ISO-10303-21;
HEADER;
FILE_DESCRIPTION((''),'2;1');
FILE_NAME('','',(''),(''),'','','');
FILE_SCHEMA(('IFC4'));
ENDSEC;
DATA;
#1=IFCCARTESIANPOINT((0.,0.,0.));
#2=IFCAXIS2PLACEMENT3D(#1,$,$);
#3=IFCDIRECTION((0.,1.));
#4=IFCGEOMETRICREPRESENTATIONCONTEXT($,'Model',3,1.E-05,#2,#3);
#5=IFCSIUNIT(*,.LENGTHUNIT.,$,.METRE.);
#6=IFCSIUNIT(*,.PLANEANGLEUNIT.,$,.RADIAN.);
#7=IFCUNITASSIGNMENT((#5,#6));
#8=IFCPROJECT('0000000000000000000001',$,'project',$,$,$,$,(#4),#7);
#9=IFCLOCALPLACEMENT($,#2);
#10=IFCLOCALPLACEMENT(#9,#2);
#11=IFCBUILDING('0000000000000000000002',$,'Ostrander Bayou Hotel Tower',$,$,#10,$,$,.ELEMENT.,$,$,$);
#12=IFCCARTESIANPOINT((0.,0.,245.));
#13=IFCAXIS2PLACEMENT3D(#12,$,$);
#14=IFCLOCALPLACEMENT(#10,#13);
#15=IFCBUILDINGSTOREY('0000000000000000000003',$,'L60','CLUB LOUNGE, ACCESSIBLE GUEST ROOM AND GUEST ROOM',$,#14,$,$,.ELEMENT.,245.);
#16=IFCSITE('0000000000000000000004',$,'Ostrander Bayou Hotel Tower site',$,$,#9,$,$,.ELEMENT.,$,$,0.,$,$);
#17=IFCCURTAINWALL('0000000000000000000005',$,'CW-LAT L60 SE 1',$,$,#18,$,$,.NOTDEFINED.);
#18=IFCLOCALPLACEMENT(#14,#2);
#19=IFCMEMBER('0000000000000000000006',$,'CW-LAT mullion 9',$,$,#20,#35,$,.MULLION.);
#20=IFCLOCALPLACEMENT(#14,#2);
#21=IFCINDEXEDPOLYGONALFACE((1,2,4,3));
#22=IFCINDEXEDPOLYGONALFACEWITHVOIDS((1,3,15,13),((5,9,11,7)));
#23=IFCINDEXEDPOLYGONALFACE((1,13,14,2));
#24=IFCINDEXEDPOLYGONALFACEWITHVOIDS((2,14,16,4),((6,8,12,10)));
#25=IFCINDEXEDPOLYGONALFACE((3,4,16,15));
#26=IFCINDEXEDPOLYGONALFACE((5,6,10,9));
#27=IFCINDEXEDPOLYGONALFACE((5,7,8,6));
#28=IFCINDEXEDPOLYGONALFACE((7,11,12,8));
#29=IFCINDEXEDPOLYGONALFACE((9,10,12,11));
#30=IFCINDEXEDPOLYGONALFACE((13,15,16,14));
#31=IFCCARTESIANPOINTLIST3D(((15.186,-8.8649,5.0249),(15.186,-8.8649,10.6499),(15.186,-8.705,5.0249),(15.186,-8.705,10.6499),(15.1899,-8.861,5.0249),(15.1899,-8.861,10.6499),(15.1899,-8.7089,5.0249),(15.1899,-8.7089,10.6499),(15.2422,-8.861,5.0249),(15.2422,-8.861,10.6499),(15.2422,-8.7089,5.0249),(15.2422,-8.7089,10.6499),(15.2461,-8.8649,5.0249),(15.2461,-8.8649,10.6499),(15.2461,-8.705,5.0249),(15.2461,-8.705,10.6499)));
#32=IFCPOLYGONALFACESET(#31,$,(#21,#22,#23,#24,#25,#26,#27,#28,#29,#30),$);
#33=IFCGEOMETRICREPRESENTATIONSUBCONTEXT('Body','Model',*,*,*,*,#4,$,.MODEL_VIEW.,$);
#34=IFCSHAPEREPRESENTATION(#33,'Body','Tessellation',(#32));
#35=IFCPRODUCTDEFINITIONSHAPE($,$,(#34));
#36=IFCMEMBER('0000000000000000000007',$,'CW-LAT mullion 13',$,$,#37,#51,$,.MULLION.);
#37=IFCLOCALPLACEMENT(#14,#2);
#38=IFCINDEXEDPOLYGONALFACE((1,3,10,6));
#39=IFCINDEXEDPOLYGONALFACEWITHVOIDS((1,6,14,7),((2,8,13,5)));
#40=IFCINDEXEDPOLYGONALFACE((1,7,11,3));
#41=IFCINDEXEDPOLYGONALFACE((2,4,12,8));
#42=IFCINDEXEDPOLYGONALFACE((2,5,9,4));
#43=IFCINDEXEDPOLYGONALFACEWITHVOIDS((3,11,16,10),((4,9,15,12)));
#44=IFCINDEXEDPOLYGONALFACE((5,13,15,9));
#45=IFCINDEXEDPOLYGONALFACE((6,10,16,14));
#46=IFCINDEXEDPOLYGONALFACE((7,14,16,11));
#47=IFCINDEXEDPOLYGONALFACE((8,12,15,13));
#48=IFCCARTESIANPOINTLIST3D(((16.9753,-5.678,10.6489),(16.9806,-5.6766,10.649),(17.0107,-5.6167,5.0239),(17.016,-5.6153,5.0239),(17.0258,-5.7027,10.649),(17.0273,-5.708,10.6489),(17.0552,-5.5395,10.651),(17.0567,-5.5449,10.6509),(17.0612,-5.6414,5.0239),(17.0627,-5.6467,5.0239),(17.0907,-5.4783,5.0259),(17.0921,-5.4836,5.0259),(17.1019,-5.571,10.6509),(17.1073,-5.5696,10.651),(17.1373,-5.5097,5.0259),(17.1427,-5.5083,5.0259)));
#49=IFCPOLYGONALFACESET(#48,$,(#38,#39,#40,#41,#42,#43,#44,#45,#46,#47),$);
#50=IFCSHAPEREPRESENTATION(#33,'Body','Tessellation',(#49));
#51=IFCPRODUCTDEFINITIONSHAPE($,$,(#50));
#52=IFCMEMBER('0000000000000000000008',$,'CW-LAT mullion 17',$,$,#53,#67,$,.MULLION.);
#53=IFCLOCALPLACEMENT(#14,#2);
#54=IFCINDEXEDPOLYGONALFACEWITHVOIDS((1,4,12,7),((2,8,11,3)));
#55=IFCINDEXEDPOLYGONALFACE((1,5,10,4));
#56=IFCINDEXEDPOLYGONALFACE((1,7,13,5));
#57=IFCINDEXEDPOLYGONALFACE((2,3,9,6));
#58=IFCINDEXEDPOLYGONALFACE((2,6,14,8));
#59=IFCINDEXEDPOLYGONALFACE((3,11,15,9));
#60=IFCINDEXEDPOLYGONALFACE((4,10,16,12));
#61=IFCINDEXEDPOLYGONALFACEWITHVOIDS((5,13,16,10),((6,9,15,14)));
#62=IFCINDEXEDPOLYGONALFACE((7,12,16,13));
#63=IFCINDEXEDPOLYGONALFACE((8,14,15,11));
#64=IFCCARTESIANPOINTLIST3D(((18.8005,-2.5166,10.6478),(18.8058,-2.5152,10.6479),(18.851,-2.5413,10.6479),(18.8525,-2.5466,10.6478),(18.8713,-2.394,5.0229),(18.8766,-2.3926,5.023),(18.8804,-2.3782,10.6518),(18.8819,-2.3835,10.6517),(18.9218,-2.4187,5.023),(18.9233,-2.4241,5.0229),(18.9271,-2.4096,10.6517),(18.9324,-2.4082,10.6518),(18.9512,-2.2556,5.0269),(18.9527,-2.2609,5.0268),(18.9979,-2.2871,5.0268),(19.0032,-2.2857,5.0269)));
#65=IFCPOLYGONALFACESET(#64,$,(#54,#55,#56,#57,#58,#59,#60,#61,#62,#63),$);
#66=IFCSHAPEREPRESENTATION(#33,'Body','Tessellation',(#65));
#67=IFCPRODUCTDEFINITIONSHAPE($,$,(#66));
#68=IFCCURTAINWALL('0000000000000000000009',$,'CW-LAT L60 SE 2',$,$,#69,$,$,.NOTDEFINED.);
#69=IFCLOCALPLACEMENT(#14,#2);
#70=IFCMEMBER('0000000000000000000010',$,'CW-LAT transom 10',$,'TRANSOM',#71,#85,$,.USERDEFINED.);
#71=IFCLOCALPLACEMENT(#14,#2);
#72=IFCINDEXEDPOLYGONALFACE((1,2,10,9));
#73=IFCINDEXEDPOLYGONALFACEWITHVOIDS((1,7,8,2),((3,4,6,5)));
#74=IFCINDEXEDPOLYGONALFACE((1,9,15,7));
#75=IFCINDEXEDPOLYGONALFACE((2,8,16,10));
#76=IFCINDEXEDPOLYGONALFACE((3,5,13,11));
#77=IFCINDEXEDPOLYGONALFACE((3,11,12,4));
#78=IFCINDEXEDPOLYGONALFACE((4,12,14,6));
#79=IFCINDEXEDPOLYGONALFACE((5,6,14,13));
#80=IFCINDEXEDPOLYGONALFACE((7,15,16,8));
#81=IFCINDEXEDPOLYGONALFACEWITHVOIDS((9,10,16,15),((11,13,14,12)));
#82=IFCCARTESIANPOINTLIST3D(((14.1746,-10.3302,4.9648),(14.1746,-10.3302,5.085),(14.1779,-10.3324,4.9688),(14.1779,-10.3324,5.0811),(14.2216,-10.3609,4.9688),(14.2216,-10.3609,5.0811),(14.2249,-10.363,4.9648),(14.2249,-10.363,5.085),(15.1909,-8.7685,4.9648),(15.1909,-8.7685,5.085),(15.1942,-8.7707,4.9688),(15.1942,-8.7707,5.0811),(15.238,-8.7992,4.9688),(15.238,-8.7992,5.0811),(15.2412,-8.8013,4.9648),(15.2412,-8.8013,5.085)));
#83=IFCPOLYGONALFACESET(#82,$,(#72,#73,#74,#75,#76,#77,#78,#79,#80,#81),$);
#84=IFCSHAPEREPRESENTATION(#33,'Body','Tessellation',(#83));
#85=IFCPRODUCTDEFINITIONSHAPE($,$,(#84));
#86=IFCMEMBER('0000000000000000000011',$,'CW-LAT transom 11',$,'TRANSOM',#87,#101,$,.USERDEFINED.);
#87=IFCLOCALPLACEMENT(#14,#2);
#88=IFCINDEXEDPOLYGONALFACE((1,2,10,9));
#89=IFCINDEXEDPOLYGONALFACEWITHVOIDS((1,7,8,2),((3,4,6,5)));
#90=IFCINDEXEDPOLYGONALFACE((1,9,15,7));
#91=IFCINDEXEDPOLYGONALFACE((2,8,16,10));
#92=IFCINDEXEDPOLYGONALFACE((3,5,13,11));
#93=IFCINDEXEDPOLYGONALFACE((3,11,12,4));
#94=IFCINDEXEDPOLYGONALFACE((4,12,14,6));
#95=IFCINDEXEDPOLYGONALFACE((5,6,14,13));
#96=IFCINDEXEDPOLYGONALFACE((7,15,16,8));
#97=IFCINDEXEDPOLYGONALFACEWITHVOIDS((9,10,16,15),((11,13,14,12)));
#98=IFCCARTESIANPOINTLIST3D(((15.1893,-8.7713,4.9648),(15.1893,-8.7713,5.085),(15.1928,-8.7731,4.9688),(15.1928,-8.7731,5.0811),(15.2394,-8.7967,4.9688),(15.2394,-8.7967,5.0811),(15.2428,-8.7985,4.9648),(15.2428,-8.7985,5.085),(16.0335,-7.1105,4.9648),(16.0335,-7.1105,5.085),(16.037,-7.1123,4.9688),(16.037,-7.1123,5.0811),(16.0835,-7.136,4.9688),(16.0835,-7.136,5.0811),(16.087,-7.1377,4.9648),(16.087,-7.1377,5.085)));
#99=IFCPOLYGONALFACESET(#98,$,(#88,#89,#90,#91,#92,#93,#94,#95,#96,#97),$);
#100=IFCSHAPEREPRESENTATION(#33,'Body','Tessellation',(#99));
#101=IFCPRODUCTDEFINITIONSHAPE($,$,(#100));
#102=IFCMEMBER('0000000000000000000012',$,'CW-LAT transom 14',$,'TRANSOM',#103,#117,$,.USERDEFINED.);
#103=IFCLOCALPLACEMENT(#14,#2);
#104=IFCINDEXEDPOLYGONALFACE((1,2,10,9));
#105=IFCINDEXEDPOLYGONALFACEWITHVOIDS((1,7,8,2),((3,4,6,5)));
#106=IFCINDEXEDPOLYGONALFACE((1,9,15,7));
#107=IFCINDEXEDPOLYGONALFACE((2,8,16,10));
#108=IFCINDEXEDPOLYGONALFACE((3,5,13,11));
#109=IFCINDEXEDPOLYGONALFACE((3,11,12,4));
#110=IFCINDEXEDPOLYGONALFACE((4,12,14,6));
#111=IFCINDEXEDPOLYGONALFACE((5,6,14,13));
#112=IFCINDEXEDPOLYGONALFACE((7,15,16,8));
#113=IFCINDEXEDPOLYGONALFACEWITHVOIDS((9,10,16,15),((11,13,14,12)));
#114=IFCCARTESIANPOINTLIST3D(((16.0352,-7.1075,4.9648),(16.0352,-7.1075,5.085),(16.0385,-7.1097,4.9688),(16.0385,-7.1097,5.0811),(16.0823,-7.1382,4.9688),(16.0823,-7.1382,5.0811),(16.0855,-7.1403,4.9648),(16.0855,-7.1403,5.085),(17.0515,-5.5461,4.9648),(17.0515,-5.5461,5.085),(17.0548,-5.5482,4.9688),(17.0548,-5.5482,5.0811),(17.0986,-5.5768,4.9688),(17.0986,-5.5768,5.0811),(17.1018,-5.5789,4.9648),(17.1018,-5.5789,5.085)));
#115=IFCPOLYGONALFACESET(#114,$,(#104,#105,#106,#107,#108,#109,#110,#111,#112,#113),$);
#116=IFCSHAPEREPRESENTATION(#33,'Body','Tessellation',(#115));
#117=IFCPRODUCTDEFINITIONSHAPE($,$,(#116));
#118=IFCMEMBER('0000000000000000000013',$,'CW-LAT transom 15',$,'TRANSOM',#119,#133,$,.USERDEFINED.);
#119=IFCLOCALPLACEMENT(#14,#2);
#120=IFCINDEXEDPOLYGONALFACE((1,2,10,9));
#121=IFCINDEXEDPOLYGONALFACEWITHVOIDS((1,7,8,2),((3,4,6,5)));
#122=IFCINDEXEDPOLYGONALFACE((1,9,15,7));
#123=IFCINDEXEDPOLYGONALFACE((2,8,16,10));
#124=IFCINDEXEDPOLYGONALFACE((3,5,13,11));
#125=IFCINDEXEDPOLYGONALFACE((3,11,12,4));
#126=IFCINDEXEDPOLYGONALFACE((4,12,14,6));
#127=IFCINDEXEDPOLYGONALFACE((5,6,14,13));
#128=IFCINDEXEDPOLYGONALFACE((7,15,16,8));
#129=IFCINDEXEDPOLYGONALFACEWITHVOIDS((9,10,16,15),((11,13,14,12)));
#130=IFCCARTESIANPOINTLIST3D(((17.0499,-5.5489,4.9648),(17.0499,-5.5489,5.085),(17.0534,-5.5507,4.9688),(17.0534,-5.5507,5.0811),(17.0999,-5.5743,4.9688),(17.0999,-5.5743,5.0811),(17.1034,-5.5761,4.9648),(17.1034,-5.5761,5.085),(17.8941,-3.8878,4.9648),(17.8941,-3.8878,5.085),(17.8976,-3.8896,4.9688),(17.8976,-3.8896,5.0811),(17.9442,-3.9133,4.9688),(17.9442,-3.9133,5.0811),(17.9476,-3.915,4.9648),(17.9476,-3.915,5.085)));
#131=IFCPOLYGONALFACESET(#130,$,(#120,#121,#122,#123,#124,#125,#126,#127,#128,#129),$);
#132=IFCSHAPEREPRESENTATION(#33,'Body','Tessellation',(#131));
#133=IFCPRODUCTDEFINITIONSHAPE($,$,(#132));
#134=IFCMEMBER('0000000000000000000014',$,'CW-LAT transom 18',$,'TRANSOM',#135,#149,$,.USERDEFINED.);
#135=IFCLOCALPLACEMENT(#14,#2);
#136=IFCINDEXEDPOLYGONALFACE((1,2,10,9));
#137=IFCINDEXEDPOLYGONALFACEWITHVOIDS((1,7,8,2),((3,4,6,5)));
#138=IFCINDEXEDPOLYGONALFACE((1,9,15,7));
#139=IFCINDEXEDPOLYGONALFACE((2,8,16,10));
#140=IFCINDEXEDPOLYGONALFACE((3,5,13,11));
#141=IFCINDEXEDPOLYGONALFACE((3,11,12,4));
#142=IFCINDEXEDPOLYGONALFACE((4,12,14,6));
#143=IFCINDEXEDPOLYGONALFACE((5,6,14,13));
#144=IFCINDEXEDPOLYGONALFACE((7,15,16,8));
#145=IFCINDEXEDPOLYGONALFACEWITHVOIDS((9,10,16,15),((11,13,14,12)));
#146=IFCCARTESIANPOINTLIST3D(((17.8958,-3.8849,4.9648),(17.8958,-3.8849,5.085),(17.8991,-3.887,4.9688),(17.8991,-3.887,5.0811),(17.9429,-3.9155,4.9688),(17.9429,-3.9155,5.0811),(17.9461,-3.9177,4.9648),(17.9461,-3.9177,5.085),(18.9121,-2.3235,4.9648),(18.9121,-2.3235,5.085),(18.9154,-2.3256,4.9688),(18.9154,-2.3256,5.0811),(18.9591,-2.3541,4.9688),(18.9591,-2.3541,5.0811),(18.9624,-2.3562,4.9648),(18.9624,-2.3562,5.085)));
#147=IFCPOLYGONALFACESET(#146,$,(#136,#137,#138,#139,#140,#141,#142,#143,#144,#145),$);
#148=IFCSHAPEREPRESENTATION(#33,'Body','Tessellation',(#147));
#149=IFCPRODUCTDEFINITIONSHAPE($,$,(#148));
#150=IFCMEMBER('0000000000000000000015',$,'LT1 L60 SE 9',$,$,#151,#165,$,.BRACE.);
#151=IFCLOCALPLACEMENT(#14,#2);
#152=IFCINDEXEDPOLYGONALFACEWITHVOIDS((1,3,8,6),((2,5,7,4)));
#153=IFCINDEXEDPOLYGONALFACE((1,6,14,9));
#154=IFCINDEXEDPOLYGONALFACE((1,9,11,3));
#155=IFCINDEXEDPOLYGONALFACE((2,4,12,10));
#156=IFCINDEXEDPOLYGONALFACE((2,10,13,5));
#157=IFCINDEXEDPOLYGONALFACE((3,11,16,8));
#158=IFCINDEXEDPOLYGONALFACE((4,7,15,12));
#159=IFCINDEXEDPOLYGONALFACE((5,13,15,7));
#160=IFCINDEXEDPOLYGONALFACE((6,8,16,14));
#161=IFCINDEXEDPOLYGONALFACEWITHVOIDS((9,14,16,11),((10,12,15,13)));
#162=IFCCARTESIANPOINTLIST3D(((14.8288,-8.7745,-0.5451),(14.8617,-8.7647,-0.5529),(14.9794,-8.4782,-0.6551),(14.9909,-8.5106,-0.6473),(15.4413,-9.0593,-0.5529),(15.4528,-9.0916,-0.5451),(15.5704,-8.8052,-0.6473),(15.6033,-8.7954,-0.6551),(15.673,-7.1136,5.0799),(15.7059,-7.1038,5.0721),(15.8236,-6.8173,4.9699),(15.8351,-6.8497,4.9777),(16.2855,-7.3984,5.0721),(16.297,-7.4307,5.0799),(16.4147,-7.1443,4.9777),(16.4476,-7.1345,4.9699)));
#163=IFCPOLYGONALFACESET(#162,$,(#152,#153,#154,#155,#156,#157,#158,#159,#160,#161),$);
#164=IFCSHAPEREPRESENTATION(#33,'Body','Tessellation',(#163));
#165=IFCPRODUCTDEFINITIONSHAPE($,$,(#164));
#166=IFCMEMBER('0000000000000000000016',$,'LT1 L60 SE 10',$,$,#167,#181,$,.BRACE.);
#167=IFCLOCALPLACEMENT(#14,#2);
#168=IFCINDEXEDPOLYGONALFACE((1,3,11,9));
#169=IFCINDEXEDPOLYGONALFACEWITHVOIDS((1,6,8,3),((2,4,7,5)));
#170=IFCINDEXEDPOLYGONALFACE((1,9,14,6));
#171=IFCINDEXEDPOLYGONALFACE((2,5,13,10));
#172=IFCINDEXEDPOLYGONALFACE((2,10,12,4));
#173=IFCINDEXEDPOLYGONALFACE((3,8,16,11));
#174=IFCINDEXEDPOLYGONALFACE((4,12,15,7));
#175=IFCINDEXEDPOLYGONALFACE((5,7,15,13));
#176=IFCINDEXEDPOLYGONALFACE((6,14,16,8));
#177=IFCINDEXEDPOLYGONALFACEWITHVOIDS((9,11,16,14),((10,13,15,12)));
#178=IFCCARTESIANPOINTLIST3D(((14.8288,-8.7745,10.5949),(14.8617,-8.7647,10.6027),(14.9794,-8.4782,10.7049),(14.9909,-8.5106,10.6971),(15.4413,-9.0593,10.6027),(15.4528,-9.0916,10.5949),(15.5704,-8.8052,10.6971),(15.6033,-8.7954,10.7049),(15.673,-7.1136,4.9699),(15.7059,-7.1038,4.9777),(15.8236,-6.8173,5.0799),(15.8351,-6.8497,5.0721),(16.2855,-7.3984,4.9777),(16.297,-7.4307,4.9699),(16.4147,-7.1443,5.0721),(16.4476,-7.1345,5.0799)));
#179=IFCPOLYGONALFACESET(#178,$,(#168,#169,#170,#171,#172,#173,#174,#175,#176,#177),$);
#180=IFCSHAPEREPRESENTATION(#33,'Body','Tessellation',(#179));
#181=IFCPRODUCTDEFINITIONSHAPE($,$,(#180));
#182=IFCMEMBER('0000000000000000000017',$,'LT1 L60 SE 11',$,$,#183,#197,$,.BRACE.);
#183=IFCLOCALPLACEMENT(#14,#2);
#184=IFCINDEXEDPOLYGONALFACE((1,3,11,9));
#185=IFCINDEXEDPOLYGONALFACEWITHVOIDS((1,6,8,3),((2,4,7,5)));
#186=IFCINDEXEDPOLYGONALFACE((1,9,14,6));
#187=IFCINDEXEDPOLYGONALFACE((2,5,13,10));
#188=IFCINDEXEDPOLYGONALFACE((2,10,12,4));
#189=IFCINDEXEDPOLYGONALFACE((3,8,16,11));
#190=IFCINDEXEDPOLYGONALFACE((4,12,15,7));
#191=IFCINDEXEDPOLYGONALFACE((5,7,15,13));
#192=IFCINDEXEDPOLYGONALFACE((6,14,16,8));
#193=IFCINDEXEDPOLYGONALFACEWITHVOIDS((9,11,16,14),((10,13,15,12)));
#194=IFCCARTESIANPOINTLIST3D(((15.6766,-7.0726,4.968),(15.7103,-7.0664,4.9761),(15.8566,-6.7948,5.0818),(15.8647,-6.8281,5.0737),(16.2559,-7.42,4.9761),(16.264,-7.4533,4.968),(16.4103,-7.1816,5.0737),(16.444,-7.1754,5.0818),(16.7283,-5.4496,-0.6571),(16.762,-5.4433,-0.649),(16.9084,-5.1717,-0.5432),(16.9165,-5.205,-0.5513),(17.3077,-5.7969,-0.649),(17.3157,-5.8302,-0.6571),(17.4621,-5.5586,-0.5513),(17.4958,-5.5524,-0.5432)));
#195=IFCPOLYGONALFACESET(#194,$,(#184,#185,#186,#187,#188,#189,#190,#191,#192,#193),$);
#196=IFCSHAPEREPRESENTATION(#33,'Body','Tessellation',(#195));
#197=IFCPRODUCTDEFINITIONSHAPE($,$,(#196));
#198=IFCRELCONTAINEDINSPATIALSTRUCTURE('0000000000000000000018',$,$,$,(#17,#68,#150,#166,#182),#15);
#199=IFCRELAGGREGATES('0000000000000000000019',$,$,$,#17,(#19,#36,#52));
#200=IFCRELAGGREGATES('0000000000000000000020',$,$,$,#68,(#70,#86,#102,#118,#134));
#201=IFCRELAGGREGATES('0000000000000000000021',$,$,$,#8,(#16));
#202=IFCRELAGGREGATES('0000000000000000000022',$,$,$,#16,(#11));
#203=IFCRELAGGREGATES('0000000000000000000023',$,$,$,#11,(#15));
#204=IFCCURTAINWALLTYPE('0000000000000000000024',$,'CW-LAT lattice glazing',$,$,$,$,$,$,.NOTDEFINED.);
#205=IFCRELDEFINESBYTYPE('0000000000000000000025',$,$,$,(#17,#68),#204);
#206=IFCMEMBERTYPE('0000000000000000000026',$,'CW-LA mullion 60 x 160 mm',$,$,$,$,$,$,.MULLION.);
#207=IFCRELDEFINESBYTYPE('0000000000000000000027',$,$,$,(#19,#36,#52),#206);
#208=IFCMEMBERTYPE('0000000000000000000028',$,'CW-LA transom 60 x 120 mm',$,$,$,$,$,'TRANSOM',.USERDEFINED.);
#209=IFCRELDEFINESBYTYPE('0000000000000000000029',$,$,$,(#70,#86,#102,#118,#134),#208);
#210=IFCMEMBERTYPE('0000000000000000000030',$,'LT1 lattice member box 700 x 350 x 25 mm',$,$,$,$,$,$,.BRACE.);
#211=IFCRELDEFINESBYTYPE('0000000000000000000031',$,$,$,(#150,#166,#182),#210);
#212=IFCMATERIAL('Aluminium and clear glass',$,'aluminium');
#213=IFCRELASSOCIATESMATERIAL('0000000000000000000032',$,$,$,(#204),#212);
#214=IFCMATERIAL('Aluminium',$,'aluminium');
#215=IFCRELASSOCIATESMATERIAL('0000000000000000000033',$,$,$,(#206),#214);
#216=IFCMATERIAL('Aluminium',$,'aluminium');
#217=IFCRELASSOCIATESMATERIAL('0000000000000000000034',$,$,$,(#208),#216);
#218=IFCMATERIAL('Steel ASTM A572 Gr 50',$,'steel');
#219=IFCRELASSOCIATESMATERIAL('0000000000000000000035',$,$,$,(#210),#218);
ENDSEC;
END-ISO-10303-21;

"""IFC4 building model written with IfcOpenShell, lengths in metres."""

from ifc_helpers import new_model, si_unit, direction, frame, origin, origin_2d, place, context, subcontext, project, spatial, hollow_rectangle, extrude, material, material_profile, profile_set, type_object, element, aggregate, save


model = new_model("IFC4")

# Units and contexts
model_context = context("Model", 3, precision=1e-05, world=origin(), true_north=direction((0.0, 1.0)))
body_context = subcontext(model_context, "Body", "Model", "MODEL_VIEW")
ifc_project = project(units=[si_unit("LENGTHUNIT", "METRE"), si_unit("PLANEANGLEUNIT", "RADIAN")], contexts=[model_context])

# Site, building, storey
site_placement = place(None, origin())
site = spatial("IfcSite", under=ifc_project, at=site_placement, Name="Ostrander Bayou Hotel Tower site", CompositionType="ELEMENT", RefElevation=0.0)
building_placement = place(site_placement, origin())
building = spatial("IfcBuilding", under=site, at=building_placement, Name="Ostrander Bayou Hotel Tower", CompositionType="ELEMENT")
storey_placement = place(building_placement, frame((0.0, 0.0, 245.0)))
storey = spatial("IfcBuildingStorey", under=building, at=storey_placement, Name="L60", Description="CLUB LOUNGE, ACCESSIBLE GUEST ROOM AND GUEST ROOM", CompositionType="ELEMENT", Elevation=245.0)

# Curtain walls, members
ifc_material_1 = material(Name="Aluminium and clear glass", Category="aluminium")
curtain_wall_type = type_object("IfcCurtainWallType", Name="CW-LAT lattice glazing", PredefinedType="NOTDEFINED", material=ifc_material_1)
curtain_wall_1_placement = place(storey_placement, origin())
curtain_wall_1 = element("IfcCurtainWall", 1, at=curtain_wall_1_placement, inside=storey, type_object=curtain_wall_type, Name="CW-LAT L60 SE 1", PredefinedType="NOTDEFINED")
ifc_material_2 = material(Name="Aluminium", Category="aluminium")
ifc_material_profile_1 = material_profile(ifc_material_2, hollow_rectangle(XDim=0.0601, YDim=0.1599, WallThickness=0.0039, at=origin_2d()))
ifc_profile_set_1 = profile_set([ifc_material_profile_1], Name="Aluminium")
member_type_1 = type_object("IfcMemberType", Name="CW-LA mullion 60 x 160 mm", PredefinedType="MULLION", material=ifc_profile_set_1)
member_1_placement = place(storey_placement, frame((15.2161, -8.7849, 5.0249), z_axis=(0.0, 0.0, 1.0), x_axis=(1.0, 0.0, 0.0)))
member_1 = element("IfcMember", 2, at=member_1_placement, type_object=member_type_1, Name="CW-LAT mullion 9", PredefinedType="MULLION", context=body_context, shape_type="SweptSolid", body=[
    extrude(hollow_rectangle(XDim=0.0601, YDim=0.1599, WallThickness=0.0039, at=origin_2d()), origin(), (0.0, 0.0, 1.0), 5.625),
])
member_2_placement = place(storey_placement, frame((17.0767, -5.5625, 5.0249), z_axis=(-0.006293, -0.010893, 0.999921), x_axis=(0.865898, -0.50022, 0.0)))
member_2 = element("IfcMember", 3, at=member_2_placement, type_object=member_type_1, Name="CW-LAT mullion 13", PredefinedType="MULLION", context=body_context, shape_type="SweptSolid", body=[
    extrude(hollow_rectangle(XDim=0.0601, YDim=0.1599, WallThickness=0.0039, at=origin_2d()), origin(), (0.0, 0.0, 1.0), 5.6255),
])
member_3_placement = place(storey_placement, frame((18.9373, -2.3398, 5.0249), z_axis=(-0.012583, -0.021781, 0.999684), x_axis=(0.865898, -0.50022, 0.0)))
member_3 = element("IfcMember", 4, at=member_3_placement, type_object=member_type_1, Name="CW-LAT mullion 17", PredefinedType="MULLION", context=body_context, shape_type="SweptSolid", body=[
    extrude(hollow_rectangle(XDim=0.0601, YDim=0.1599, WallThickness=0.0039, at=origin_2d()), origin(), (0.0, 0.0, 1.0), 5.6267),
])
curtain_wall_2_placement = place(storey_placement, origin())
curtain_wall_2 = element("IfcCurtainWall", 5, at=curtain_wall_2_placement, inside=storey, type_object=curtain_wall_type, Name="CW-LAT L60 SE 2", PredefinedType="NOTDEFINED")
ifc_material_3 = material(Name="Aluminium", Category="aluminium")
ifc_material_profile_2 = material_profile(ifc_material_3, hollow_rectangle(XDim=0.0601, YDim=0.1201, WallThickness=0.0039, at=origin_2d()))
ifc_profile_set_2 = profile_set([ifc_material_profile_2], Name="Aluminium")
member_type_2 = type_object("IfcMemberType", Name="CW-LA transom 60 x 120 mm", ElementType="TRANSOM", PredefinedType="USERDEFINED", material=ifc_profile_set_2)
member_4_placement = place(storey_placement, frame((15.2161, -8.7849, 5.0249), z_axis=(-0.545444, -0.838147, 0.0), x_axis=(0.838147, -0.545444, 0.0)))
member_4 = element("IfcMember", 6, at=member_4_placement, type_object=member_type_2, Name="CW-LAT transom 10", ObjectType="TRANSOM", PredefinedType="USERDEFINED", context=body_context, shape_type="SweptSolid", body=[
    extrude(hollow_rectangle(XDim=0.0601, YDim=0.1201, WallThickness=0.0039, at=origin_2d()), origin(), (0.0, 0.0, 1.0), 1.8633),
])
member_5_placement = place(storey_placement, frame((15.2161, -8.7849, 5.0249), z_axis=(0.453127, 0.891446, 0.0), x_axis=(-0.891446, 0.453127, 0.0)))
member_5 = element("IfcMember", 7, at=member_5_placement, type_object=member_type_2, Name="CW-LAT transom 11", ObjectType="TRANSOM", PredefinedType="USERDEFINED", context=body_context, shape_type="SweptSolid", body=[
    extrude(hollow_rectangle(XDim=0.0601, YDim=0.1201, WallThickness=0.0039, at=origin_2d()), origin(), (0.0, 0.0, 1.0), 1.863),
])
member_6_placement = place(storey_placement, frame((17.0767, -5.5625, 5.0249), z_axis=(-0.545504, -0.838108, 0.0), x_axis=(0.838108, -0.545504, 0.0)))
member_6 = element("IfcMember", 8, at=member_6_placement, type_object=member_type_2, Name="CW-LAT transom 14", ObjectType="TRANSOM", PredefinedType="USERDEFINED", context=body_context, shape_type="SweptSolid", body=[
    extrude(hollow_rectangle(XDim=0.0601, YDim=0.1201, WallThickness=0.0039, at=origin_2d()), origin(), (0.0, 0.0, 1.0), 1.863),
])
member_7_placement = place(storey_placement, frame((17.0767, -5.5625, 5.0249), z_axis=(0.453074, 0.891473, 0.0), x_axis=(-0.891473, 0.453074, 0.0)))
member_7 = element("IfcMember", 9, at=member_7_placement, type_object=member_type_2, Name="CW-LAT transom 15", ObjectType="TRANSOM", PredefinedType="USERDEFINED", context=body_context, shape_type="SweptSolid", body=[
    extrude(hollow_rectangle(XDim=0.0601, YDim=0.1201, WallThickness=0.0039, at=origin_2d()), origin(), (0.0, 0.0, 1.0), 1.8633),
])
member_8_placement = place(storey_placement, frame((18.9373, -2.3398, 5.0249), z_axis=(-0.545504, -0.838108, 0.0), x_axis=(0.838108, -0.545504, 0.0)))
member_8 = element("IfcMember", 10, at=member_8_placement, type_object=member_type_2, Name="CW-LAT transom 18", ObjectType="TRANSOM", PredefinedType="USERDEFINED", context=body_context, shape_type="SweptSolid", body=[
    extrude(hollow_rectangle(XDim=0.0601, YDim=0.1201, WallThickness=0.0039, at=origin_2d()), origin(), (0.0, 0.0, 1.0), 1.863),
])

# Members
ifc_material_4 = material(Name="Steel ASTM A572 Gr 50", Category="steel")
ifc_material_profile_3 = material_profile(ifc_material_4, hollow_rectangle(XDim=0.7, YDim=0.3501, WallThickness=0.0249, at=origin_2d()))
ifc_profile_set_3 = profile_set([ifc_material_profile_3], Name="Steel ASTM A572 Gr 50")
member_type_3 = type_object("IfcMemberType", Name="LT1 lattice member box 700 x 350 x 25 mm", PredefinedType="BRACE", material=ifc_profile_set_3)
for number, where, z_axis, x_axis, name in (
    (11, (16.0603, -7.124, 5.0249), (-0.142475, -0.280294, -0.949282), (0.891446, -0.453127, 0.0), "LT1 L60 SE 9"),
    (12, (16.0603, -7.124, 5.0249), (-0.142475, -0.280294, 0.949282), (0.891446, -0.453127, 0.0), "LT1 L60 SE 10"),
):
    element("IfcMember", number, at=place(storey_placement, frame(where, z_axis=z_axis, x_axis=x_axis)), inside=storey, type_object=member_type_3, Name=name, PredefinedType="BRACE", context=body_context, shape_type="SweptSolid", body=[
        extrude(hollow_rectangle(XDim=0.7, YDim=0.3501, WallThickness=0.0249, at=origin_2d()), origin(), (0.0, 0.0, 1.0), 5.9255),
    ])
member_9_placement = place(storey_placement, frame((16.0603, -7.124, 5.0249), z_axis=(0.176819, 0.272863, -0.945664), x_axis=(-0.839204, 0.543816, 0.0)))
element("IfcMember", 13, at=member_9_placement, inside=storey, type_object=member_type_3, Name="LT1 L60 SE 11", PredefinedType="BRACE", context=body_context, shape_type="SweptSolid", body=[
    extrude(hollow_rectangle(XDim=0.7, YDim=0.3501, WallThickness=0.0249, at=origin_2d()), origin(), (0.0, 0.0, 1.0), 5.9482),
])

aggregate(curtain_wall_1, [member_1, member_2, member_3])
aggregate(curtain_wall_2, [member_4, member_5, member_6, member_7, member_8])

save(model, "model.ifc")
